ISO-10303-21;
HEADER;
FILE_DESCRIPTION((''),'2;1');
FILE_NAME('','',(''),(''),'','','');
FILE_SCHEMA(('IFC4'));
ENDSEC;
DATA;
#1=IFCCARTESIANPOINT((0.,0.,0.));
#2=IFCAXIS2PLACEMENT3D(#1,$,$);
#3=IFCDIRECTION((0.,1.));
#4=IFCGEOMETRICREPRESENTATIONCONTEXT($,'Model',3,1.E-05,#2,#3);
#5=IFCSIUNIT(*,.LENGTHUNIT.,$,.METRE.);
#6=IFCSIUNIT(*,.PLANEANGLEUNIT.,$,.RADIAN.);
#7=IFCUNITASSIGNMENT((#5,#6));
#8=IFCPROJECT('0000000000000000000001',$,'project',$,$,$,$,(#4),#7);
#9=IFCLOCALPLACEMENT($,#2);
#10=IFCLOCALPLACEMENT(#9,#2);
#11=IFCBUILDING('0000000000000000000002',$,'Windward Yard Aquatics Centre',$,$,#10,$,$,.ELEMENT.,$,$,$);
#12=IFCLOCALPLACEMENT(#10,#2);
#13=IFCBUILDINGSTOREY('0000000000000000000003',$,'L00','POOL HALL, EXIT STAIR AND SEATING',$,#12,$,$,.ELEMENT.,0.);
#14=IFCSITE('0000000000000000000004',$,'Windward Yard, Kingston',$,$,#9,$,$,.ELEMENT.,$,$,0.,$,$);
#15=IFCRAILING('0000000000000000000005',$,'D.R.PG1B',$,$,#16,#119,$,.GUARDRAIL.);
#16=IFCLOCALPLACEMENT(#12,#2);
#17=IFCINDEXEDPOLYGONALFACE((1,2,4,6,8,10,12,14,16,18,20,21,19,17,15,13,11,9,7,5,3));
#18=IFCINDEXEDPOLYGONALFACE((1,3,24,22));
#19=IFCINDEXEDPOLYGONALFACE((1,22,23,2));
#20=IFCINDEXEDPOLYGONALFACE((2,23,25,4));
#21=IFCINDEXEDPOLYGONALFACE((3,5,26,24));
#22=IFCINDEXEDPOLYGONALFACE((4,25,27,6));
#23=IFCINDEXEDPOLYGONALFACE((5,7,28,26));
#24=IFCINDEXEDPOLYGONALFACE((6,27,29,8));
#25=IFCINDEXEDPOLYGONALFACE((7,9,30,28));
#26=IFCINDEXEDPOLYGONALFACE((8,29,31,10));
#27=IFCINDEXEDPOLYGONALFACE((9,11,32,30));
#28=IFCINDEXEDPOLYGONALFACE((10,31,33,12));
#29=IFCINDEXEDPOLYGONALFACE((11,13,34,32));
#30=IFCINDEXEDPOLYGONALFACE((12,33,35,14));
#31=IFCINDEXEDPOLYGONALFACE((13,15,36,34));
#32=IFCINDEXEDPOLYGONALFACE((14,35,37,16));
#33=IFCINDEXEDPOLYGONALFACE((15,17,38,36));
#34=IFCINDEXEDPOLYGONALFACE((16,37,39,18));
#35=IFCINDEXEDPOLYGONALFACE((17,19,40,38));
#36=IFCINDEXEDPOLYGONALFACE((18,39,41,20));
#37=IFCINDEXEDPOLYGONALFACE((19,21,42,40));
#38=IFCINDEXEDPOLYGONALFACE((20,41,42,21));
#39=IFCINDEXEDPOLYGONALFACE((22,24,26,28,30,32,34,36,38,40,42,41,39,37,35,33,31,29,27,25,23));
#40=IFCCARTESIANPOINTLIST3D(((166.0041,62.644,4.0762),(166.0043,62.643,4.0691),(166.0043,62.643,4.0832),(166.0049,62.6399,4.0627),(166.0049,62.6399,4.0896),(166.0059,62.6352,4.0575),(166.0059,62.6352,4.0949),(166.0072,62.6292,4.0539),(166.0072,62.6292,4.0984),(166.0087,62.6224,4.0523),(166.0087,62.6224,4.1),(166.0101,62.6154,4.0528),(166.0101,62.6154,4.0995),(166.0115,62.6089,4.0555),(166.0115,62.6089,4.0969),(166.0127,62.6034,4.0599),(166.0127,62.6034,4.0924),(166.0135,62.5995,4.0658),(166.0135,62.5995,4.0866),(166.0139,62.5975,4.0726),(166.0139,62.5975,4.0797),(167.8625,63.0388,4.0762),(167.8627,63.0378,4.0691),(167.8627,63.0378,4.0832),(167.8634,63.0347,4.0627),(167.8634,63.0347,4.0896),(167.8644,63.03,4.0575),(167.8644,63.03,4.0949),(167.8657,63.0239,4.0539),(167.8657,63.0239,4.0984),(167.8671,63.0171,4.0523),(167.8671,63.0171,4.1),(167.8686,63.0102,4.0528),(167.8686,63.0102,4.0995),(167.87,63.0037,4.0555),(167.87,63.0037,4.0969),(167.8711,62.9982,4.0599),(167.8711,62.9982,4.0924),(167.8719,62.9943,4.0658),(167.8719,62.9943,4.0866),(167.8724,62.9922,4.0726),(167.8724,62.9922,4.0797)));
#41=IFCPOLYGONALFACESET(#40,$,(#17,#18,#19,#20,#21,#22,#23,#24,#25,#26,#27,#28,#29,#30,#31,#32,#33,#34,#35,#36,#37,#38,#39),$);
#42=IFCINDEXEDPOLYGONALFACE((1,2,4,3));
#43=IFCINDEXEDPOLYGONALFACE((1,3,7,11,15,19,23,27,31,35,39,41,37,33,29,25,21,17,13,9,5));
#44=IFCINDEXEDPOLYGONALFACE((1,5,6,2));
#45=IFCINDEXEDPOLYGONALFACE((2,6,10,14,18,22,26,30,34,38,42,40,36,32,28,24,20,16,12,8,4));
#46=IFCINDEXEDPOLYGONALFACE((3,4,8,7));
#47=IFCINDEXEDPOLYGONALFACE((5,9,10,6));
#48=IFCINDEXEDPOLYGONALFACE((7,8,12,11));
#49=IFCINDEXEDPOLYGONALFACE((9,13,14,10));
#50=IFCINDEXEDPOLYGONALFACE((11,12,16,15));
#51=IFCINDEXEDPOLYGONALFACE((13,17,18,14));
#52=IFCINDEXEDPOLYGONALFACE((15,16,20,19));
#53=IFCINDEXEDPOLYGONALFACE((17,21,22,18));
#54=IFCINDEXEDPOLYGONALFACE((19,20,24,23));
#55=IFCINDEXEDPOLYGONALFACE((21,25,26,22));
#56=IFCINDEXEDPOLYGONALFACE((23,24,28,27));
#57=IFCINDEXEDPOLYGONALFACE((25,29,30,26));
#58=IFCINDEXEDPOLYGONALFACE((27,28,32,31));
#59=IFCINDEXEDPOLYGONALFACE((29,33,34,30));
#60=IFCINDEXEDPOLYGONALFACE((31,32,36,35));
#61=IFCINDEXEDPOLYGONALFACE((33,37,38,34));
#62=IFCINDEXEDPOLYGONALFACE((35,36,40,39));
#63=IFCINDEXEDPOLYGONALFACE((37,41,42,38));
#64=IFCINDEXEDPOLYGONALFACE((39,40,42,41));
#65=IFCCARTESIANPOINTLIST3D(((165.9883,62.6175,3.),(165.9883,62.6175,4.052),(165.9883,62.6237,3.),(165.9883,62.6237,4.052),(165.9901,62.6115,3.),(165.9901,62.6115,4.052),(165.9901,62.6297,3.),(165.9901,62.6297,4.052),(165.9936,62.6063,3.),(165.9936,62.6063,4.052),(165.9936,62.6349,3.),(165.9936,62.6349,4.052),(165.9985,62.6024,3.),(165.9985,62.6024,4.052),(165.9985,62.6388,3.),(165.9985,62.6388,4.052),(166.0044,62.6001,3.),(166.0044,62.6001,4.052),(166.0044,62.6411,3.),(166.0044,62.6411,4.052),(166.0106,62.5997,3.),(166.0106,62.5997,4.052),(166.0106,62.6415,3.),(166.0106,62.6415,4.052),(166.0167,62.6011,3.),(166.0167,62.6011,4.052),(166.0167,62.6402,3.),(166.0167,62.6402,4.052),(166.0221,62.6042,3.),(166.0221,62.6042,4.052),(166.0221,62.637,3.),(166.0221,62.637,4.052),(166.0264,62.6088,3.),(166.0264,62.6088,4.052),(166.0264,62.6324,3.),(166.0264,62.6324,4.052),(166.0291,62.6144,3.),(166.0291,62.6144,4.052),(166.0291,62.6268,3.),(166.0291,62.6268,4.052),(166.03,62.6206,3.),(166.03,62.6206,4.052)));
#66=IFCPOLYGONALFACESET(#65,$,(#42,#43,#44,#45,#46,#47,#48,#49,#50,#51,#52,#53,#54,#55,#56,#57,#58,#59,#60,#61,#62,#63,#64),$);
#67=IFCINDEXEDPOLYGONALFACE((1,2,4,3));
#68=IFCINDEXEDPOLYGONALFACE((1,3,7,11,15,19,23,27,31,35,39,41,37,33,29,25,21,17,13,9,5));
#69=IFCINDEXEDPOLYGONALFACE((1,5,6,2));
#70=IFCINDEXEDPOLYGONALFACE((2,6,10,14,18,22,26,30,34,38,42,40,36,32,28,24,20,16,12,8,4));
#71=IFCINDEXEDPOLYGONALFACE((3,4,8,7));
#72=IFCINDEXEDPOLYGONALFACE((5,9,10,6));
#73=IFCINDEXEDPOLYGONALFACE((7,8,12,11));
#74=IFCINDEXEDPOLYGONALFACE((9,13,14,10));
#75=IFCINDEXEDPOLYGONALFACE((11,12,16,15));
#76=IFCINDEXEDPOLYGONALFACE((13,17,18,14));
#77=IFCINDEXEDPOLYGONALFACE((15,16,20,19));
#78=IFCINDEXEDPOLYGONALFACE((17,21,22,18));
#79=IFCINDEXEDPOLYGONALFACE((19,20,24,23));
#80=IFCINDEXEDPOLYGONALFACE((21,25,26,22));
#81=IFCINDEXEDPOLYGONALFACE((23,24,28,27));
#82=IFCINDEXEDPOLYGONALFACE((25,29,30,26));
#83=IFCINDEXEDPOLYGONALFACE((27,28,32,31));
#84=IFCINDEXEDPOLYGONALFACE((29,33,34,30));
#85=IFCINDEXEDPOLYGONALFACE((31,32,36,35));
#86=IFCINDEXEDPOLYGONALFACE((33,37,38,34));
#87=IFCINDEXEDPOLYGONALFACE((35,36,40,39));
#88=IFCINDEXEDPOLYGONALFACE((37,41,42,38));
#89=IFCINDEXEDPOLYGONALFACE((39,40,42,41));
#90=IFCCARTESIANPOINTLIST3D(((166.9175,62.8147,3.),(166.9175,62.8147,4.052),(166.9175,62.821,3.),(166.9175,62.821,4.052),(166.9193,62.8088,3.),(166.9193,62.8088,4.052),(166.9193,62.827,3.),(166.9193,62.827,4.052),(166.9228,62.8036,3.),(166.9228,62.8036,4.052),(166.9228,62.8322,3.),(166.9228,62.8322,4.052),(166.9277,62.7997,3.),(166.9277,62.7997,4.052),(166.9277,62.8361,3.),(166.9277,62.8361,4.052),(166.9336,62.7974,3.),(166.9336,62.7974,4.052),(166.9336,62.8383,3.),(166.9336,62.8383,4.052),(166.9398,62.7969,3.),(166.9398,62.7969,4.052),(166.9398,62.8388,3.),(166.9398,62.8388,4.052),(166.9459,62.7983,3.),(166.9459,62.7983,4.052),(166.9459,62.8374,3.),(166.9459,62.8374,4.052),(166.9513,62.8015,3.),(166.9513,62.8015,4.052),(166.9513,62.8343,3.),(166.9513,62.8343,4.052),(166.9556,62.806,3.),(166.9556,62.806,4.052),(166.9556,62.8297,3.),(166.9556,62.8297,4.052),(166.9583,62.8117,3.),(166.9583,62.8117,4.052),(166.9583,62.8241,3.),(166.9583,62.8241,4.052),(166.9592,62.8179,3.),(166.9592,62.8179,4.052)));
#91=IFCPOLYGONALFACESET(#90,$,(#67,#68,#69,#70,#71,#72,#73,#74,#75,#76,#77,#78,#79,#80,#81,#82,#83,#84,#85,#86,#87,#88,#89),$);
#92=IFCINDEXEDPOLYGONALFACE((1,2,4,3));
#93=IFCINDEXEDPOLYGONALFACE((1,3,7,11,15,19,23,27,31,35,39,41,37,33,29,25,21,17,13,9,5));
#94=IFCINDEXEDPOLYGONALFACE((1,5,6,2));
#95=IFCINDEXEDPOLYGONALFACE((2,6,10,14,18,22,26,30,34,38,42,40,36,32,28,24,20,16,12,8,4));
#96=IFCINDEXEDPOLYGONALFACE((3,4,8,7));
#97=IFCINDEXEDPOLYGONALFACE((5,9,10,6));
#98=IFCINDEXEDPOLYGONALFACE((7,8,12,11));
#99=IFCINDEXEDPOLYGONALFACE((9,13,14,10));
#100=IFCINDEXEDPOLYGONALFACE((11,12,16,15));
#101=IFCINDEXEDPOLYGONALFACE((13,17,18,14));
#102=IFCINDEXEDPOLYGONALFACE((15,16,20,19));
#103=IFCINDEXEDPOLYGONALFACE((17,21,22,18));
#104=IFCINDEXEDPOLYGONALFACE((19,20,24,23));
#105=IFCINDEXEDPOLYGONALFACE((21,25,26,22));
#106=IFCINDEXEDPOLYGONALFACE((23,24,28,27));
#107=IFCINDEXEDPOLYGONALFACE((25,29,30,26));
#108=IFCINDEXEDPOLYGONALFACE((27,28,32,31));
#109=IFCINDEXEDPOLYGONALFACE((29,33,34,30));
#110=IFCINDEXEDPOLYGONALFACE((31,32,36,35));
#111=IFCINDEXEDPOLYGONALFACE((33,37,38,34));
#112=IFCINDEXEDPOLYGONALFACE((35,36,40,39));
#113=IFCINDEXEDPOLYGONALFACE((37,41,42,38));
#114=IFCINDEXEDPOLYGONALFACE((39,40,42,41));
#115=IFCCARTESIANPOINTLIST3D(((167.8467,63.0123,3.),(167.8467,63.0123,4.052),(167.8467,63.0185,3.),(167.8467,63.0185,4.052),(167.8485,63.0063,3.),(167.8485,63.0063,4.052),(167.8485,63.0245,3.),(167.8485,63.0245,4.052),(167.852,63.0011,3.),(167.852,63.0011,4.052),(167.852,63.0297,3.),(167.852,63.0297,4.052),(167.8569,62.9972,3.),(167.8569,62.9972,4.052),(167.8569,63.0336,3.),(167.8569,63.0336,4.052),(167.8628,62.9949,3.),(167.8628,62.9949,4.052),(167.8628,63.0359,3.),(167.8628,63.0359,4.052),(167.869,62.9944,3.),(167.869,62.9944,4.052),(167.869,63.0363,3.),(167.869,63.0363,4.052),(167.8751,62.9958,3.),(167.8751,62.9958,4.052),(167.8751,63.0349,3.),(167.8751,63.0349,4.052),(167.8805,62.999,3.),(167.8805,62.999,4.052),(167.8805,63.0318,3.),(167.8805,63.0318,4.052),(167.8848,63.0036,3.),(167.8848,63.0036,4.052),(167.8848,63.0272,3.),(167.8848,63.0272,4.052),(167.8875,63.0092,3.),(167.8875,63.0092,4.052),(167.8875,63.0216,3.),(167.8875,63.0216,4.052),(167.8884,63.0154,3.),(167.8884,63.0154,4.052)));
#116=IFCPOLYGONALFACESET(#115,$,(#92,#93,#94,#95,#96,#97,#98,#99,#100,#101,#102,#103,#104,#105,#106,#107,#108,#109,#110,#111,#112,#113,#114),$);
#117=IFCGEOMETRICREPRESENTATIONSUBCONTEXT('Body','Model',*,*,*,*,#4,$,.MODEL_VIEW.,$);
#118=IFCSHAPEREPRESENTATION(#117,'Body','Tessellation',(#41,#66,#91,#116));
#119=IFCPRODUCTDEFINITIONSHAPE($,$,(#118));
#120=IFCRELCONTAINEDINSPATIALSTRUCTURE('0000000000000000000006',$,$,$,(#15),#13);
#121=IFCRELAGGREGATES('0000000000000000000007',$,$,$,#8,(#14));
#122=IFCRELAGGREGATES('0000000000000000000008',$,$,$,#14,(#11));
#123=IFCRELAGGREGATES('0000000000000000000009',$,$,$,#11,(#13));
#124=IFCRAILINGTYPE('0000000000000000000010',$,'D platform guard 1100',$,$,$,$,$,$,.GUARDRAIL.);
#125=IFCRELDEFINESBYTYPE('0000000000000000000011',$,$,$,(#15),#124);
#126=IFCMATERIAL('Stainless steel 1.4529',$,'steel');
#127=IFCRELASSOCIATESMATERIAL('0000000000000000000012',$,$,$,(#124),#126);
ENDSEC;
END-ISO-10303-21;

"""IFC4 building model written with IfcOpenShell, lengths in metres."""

from ifc_helpers import new_model, si_unit, direction, frame, origin, origin_2d, place, context, subcontext, project, spatial, circle, extrude, material, type_object, element, save


model = new_model("IFC4")

# Units and contexts
model_context = context("Model", 3, precision=1e-05, world=origin(), true_north=direction((0.0, 1.0)))
body_context = subcontext(model_context, "Body", "Model", "MODEL_VIEW")
ifc_project = project(units=[si_unit("LENGTHUNIT", "METRE"), si_unit("PLANEANGLEUNIT", "RADIAN")], contexts=[model_context])

# Site, building, storey
site_placement = place(None, origin())
site = spatial("IfcSite", under=ifc_project, at=site_placement, Name="Windward Yard, Kingston", CompositionType="ELEMENT", RefElevation=0.0)
building_placement = place(site_placement, origin())
building = spatial("IfcBuilding", under=site, at=building_placement, Name="Windward Yard Aquatics Centre", CompositionType="ELEMENT")
storey_placement = place(building_placement, origin())
storey = spatial("IfcBuildingStorey", under=building, at=storey_placement, Name="L00", Description="POOL HALL, EXIT STAIR AND SEATING", CompositionType="ELEMENT", Elevation=0.0)

# Railing
ifc_material_1 = material(Name="Stainless steel 1.4529", Category="steel")
railing_type = type_object("IfcRailingType", Name="D platform guard 1100", PredefinedType="GUARDRAIL", material=ifc_material_1)
railing_1_placement = place(storey_placement, frame((166.009, 62.6206, 3.0)))
element("IfcRailing", 1, at=railing_1_placement, inside=storey, type_object=railing_type, Name="D.R.PG1B", PredefinedType="GUARDRAIL", context=body_context, shape_type="SweptSolid", body=[
    extrude(circle(Radius=0.0239, at=origin_2d()), frame((0.0, 0.0, 1.0762), z_axis=(0.978173, 0.207791, 0.0), x_axis=(-0.207791, 0.978173, 0.0)), (0.0, 0.0, 1.0), 1.8999),
    extrude(circle(Radius=0.021, at=origin_2d()), origin(), (0.0, 0.0, 1.0), 1.052),
    extrude(circle(Radius=0.021, at=origin_2d()), frame((0.9292, 0.1973, 0.0)), (0.0, 0.0, 1.0), 1.052),
    extrude(circle(Radius=0.021, at=origin_2d()), frame((1.8584, 0.3948, 0.0)), (0.0, 0.0, 1.0), 1.052),
])

save(model, "model.ifc")
